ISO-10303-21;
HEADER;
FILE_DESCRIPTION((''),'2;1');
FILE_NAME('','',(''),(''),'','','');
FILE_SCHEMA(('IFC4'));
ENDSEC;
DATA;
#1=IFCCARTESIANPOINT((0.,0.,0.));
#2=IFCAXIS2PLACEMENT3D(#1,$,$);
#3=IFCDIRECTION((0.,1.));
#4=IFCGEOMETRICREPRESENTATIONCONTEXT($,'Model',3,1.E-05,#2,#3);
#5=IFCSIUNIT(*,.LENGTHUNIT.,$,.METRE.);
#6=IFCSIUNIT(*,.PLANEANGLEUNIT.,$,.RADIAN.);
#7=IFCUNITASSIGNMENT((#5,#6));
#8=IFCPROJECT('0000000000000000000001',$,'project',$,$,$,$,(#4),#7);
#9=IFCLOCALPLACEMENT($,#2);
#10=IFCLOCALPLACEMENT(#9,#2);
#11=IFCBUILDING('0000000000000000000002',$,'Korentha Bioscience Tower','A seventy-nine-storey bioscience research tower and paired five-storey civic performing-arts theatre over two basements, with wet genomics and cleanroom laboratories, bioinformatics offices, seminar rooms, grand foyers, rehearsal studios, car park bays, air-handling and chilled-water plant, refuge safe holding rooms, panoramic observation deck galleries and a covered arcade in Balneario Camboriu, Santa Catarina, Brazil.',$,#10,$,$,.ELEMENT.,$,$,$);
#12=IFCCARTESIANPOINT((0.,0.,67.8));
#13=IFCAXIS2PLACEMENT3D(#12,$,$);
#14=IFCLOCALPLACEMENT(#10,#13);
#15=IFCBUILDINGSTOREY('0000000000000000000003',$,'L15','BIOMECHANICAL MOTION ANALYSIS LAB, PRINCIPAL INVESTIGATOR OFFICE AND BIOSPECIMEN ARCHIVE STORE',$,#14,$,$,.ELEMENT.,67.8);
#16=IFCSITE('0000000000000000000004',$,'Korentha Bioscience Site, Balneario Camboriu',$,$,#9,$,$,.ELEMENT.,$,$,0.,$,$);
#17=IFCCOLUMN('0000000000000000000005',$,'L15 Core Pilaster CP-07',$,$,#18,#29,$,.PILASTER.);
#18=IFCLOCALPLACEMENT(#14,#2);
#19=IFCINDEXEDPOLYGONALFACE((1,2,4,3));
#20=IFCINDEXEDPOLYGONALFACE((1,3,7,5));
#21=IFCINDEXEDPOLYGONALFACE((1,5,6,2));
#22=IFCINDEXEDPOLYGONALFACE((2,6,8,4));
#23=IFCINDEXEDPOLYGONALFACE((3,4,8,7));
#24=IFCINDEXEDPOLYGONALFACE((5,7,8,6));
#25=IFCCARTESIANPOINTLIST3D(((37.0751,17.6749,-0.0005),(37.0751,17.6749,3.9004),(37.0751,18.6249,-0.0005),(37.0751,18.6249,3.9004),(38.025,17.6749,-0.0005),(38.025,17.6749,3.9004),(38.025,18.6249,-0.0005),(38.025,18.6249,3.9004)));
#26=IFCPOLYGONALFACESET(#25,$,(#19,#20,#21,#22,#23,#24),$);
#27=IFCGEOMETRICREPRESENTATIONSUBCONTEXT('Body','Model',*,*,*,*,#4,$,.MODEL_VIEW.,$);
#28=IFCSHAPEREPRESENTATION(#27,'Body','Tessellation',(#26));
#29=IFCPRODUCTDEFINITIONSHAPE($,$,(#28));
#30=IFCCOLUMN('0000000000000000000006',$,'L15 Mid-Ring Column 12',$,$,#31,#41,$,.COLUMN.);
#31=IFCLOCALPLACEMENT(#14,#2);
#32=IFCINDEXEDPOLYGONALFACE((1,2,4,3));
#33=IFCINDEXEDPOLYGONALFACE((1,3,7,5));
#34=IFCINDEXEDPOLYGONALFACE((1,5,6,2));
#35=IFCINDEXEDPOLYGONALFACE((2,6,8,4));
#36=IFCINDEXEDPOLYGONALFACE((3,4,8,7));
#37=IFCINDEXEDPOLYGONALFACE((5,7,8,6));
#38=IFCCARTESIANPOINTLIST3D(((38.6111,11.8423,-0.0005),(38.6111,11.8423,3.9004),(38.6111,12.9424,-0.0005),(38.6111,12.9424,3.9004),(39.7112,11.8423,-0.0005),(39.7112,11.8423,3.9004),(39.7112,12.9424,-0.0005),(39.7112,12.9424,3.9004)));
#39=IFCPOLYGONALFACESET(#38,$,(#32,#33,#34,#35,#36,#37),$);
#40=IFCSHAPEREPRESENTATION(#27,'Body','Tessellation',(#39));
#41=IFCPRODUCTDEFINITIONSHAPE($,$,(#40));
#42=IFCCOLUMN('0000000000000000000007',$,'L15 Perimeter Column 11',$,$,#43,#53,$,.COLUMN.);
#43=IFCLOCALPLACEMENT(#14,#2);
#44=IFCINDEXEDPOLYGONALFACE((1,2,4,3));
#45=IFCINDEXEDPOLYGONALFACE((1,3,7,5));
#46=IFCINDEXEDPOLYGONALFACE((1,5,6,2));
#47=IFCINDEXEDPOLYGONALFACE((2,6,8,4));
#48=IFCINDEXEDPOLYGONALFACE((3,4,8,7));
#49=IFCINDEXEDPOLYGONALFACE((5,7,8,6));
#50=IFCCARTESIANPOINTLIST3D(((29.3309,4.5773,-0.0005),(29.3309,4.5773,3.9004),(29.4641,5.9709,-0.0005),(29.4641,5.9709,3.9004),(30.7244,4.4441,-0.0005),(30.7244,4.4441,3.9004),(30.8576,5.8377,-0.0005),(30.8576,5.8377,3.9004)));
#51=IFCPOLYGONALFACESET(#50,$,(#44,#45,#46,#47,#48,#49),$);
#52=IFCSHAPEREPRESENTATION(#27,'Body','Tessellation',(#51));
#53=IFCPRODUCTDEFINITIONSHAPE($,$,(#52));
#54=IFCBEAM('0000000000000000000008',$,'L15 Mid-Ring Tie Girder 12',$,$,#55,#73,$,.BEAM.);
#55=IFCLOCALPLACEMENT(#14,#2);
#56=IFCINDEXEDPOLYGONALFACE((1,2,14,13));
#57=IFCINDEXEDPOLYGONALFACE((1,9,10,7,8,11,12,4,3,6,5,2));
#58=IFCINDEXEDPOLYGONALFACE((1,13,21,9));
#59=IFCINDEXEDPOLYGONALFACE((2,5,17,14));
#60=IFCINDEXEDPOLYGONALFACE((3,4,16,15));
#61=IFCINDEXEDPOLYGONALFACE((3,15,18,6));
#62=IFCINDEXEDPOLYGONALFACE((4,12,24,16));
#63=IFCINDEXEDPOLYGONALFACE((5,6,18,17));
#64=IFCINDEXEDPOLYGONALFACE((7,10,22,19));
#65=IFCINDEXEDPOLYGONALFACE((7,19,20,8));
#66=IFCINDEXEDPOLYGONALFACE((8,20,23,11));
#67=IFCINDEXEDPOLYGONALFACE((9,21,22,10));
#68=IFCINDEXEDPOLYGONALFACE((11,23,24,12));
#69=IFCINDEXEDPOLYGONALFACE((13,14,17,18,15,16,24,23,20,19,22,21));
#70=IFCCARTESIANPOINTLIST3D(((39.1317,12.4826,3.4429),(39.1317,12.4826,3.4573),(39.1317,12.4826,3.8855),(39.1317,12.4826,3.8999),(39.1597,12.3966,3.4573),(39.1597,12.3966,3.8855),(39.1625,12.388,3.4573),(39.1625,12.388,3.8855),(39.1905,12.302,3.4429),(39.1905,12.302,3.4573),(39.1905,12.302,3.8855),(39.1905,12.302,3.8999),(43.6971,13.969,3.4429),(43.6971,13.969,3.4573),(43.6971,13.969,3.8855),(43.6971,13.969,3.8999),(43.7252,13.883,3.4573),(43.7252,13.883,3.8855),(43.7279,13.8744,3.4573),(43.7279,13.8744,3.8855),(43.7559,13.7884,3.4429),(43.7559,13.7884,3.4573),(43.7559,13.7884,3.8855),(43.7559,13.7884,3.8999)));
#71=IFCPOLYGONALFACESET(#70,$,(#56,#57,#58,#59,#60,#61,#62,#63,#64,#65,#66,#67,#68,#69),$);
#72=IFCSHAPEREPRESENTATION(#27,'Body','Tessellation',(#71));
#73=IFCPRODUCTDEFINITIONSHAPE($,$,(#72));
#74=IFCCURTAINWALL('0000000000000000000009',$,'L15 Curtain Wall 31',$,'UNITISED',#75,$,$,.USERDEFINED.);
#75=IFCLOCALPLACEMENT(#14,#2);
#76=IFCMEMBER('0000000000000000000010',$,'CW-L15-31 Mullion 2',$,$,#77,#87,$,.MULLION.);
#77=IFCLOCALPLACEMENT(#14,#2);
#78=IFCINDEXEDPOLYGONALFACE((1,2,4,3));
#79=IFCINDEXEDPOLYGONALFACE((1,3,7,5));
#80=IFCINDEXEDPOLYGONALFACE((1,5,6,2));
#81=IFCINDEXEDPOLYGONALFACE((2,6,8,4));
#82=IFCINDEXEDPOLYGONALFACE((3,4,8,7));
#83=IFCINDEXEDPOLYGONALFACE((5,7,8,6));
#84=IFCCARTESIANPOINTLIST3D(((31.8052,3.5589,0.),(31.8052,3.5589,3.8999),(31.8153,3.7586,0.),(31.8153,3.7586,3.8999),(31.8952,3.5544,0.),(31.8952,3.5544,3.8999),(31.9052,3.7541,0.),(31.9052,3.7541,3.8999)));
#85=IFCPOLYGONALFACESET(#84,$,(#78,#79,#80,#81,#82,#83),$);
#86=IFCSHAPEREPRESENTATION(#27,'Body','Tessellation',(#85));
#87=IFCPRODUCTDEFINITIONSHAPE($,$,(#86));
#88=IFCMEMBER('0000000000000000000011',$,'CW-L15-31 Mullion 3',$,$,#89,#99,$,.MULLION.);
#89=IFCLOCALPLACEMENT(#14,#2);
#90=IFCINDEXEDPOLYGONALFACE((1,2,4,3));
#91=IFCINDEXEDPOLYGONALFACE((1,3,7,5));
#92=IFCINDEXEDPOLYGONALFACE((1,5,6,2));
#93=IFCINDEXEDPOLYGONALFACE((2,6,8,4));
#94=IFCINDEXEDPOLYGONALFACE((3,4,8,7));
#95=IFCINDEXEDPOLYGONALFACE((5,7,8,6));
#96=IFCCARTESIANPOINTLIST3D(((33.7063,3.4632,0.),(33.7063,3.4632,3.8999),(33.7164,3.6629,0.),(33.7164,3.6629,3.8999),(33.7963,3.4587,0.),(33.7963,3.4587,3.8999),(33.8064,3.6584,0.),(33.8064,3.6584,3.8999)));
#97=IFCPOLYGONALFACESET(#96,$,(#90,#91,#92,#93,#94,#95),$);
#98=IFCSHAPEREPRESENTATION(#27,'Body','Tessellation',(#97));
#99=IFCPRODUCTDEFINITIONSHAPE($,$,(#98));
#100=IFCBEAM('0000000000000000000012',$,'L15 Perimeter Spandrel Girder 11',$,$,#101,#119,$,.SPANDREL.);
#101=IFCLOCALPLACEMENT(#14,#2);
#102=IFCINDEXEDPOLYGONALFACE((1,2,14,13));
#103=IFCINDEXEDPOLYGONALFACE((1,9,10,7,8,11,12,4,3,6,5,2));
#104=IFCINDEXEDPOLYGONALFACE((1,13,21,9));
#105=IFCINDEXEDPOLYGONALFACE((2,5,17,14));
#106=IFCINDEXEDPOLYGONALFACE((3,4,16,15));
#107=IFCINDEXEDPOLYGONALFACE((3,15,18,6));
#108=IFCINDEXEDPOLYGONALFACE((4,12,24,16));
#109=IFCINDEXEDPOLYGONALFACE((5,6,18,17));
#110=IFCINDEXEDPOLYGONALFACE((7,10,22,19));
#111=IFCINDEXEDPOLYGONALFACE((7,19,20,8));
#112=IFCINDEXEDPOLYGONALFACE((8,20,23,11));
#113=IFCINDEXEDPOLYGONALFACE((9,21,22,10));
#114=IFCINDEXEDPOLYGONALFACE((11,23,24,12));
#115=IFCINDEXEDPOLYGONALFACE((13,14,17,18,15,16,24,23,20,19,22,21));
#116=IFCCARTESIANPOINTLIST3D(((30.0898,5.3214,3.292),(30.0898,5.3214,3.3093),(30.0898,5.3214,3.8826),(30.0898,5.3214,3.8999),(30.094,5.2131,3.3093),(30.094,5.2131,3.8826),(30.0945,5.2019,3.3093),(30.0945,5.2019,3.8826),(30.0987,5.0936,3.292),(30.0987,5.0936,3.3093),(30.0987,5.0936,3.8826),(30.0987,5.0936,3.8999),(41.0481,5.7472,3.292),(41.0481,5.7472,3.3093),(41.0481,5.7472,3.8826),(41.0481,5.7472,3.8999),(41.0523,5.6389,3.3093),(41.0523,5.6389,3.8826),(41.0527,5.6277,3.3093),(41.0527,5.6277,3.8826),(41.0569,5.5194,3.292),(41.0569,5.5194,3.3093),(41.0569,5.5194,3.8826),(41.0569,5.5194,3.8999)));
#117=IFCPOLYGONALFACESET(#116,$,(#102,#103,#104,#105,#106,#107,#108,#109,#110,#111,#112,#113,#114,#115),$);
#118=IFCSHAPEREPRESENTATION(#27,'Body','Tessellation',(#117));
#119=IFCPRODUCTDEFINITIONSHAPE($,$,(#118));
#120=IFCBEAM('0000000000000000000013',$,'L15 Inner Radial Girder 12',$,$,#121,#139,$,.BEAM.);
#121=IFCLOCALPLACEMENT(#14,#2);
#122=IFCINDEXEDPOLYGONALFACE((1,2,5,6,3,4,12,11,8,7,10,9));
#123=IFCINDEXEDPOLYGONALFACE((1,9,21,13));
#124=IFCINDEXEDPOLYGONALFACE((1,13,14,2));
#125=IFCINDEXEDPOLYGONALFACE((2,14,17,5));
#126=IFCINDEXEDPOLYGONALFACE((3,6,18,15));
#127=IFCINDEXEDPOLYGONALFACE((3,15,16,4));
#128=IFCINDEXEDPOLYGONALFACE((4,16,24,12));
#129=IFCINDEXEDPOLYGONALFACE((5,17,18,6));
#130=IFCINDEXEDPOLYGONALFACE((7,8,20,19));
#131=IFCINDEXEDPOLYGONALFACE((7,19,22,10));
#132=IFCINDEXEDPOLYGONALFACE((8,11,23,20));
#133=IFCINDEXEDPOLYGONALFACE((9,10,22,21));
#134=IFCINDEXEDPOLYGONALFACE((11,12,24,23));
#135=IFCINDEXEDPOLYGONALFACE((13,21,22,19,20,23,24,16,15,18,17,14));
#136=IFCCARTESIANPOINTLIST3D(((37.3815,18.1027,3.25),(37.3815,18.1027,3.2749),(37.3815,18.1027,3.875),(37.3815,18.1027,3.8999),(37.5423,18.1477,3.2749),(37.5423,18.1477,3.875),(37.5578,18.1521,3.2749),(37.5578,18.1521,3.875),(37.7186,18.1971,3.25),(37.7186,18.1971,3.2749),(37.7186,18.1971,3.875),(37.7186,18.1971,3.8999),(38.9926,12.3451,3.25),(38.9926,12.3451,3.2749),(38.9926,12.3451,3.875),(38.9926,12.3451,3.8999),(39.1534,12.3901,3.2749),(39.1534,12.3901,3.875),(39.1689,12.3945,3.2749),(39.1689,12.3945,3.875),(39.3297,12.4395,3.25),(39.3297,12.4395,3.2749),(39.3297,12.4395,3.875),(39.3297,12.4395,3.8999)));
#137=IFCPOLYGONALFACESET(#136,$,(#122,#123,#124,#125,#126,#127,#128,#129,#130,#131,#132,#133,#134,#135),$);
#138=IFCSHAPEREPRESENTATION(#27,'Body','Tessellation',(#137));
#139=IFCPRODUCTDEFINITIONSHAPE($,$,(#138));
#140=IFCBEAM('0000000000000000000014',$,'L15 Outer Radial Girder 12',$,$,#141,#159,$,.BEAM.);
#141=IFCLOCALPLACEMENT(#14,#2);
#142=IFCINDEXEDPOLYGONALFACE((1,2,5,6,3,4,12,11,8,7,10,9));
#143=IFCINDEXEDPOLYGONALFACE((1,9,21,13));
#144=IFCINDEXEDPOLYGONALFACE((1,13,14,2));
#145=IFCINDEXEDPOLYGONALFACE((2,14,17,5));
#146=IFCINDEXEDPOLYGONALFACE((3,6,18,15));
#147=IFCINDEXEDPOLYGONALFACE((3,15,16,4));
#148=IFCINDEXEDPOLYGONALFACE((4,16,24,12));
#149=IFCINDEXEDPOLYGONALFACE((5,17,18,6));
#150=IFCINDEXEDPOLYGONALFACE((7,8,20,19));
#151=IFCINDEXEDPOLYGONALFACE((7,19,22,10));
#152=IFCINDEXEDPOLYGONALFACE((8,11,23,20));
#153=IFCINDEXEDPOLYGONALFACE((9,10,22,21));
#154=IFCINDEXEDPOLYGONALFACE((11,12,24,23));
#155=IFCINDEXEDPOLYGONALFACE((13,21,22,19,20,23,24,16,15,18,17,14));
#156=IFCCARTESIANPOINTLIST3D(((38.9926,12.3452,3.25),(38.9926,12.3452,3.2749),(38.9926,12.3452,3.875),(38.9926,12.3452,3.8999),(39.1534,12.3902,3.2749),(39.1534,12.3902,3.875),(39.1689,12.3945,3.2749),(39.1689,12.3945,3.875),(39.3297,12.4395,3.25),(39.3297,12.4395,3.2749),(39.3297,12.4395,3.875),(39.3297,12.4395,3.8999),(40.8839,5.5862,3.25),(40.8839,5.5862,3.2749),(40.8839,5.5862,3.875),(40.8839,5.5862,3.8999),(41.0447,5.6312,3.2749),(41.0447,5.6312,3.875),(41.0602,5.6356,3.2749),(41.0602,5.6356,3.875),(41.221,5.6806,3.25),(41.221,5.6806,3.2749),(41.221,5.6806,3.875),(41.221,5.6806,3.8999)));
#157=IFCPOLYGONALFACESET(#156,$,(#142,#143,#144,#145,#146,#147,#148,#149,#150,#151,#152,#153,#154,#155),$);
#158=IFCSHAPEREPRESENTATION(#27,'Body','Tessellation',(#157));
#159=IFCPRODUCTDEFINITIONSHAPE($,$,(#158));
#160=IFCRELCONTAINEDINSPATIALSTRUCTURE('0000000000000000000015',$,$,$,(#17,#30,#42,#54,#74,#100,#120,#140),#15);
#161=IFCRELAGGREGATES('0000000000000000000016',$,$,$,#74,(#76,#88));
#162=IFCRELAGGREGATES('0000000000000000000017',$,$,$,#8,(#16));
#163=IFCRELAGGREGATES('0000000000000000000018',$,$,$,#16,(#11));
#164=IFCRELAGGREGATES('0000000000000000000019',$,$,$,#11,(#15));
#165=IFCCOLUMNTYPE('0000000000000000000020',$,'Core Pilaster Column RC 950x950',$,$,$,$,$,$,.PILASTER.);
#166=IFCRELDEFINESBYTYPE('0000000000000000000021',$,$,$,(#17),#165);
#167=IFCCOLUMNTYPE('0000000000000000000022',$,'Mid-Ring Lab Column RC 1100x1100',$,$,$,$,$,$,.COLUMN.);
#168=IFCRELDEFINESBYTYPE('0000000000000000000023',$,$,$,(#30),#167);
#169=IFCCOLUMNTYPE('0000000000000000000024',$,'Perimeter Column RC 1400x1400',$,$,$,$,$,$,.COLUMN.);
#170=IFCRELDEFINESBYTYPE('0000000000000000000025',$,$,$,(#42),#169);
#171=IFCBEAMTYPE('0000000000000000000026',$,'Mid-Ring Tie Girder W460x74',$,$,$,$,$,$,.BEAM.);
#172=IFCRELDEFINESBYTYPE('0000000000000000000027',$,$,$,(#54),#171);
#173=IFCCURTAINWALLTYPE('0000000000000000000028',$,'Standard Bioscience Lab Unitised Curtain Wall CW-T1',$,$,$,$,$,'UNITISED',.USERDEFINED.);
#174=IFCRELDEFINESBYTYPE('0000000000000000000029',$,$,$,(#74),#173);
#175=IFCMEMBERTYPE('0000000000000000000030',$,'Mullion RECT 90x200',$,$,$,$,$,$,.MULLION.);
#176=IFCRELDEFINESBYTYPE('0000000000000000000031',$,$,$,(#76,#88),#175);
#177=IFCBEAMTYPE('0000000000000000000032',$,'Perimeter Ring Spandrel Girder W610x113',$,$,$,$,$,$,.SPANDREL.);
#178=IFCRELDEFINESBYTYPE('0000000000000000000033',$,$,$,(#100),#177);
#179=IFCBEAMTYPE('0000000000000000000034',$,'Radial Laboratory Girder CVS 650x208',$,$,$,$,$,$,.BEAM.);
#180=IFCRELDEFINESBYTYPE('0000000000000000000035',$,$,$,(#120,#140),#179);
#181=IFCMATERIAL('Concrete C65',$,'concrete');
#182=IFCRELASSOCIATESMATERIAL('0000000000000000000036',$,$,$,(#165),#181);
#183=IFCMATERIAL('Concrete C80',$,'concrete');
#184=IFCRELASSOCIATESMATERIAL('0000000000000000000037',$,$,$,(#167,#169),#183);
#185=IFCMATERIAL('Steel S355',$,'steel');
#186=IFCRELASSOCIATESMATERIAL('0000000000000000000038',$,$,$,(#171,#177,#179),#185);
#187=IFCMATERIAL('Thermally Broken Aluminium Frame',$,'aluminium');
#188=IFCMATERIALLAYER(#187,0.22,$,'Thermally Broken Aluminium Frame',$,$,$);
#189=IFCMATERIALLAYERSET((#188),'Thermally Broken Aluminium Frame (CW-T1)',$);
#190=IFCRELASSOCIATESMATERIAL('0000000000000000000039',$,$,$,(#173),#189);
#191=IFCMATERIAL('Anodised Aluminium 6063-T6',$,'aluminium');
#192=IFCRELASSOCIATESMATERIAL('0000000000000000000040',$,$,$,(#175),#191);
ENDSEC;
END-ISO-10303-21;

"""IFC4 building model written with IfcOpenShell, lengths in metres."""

from ifc_helpers import new_model, si_unit, direction, frame, origin, origin_2d, place, context, subcontext, project, spatial, rectangle, i_section, extrude, material, layer, layer_set, material_profile, profile_set, type_object, element, aggregate, save


model = new_model("IFC4")

# Units and contexts
model_context = context("Model", 3, precision=1e-05, world=origin(), true_north=direction((0.0, 1.0)))
body_context = subcontext(model_context, "Body", "Model", "MODEL_VIEW")
ifc_project = project(units=[si_unit("LENGTHUNIT", "METRE"), si_unit("PLANEANGLEUNIT", "RADIAN")], contexts=[model_context])

# Site, building, storey
site_placement = place(None, origin())
site = spatial("IfcSite", under=ifc_project, at=site_placement, Name="Korentha Bioscience Site, Balneario Camboriu", CompositionType="ELEMENT", RefElevation=0.0)
building_placement = place(site_placement, origin())
building = spatial("IfcBuilding", under=site, at=building_placement, Name="Korentha Bioscience Tower", Description="A seventy-nine-storey bioscience research tower and paired five-storey civic performing-arts theatre over two basements, with wet genomics and cleanroom laboratories, bioinformatics offices, seminar rooms, grand foyers, rehearsal studios, car park bays, air-handling and chilled-water plant, refuge safe holding rooms, panoramic observation deck galleries and a covered arcade in Balneario Camboriu, Santa Catarina, Brazil.", CompositionType="ELEMENT")
storey_placement = place(building_placement, frame((0.0, 0.0, 67.8)))
storey = spatial("IfcBuildingStorey", under=building, at=storey_placement, Name="L15", Description="BIOMECHANICAL MOTION ANALYSIS LAB, PRINCIPAL INVESTIGATOR OFFICE AND BIOSPECIMEN ARCHIVE STORE", CompositionType="ELEMENT", Elevation=67.8)

# Columns
ifc_material_1 = material(Name="Concrete C65", Category="concrete")
ifc_material_profile_1 = material_profile(ifc_material_1, rectangle(XDim=0.95, YDim=0.95, at=origin_2d()), Name="Concrete C65")
ifc_profile_set_1 = profile_set([ifc_material_profile_1], Name="Concrete C65 (COL-CP09)")
column_type_1 = type_object("IfcColumnType", Name="Core Pilaster Column RC 950x950", PredefinedType="PILASTER", material=ifc_profile_set_1)
column_1_placement = place(storey_placement, frame((37.55, 18.1499, -0.0005), z_axis=(0.0, 0.0, 1.0), x_axis=(1.0, 0.0, 0.0)))
element("IfcColumn", 1, at=column_1_placement, inside=storey, type_object=column_type_1, Name="L15 Core Pilaster CP-07", PredefinedType="PILASTER", context=body_context, shape_type="SweptSolid", body=[
    extrude(rectangle(XDim=0.95, YDim=0.95, at=origin_2d()), origin(), (0.0, 0.0, 1.0), 3.9009),
])
ifc_material_2 = material(Name="Concrete C80", Category="concrete")
ifc_material_profile_2 = material_profile(ifc_material_2, rectangle(XDim=1.1001, YDim=1.1001, at=origin_2d()), Name="Concrete C80")
ifc_profile_set_2 = profile_set([ifc_material_profile_2], Name="Concrete C80 (COL-MR11)")
column_type_2 = type_object("IfcColumnType", Name="Mid-Ring Lab Column RC 1100x1100", PredefinedType="COLUMN", material=ifc_profile_set_2)
column_2_placement = place(storey_placement, frame((39.1611, 12.3923, -0.0005), z_axis=(0.0, 0.0, 1.0), x_axis=(1.0, 0.0, 0.0)))
element("IfcColumn", 2, at=column_2_placement, inside=storey, type_object=column_type_2, Name="L15 Mid-Ring Column 12", PredefinedType="COLUMN", context=body_context, shape_type="SweptSolid", body=[
    extrude(rectangle(XDim=1.1001, YDim=1.1001, at=origin_2d()), origin(), (0.0, 0.0, 1.0), 3.9009),
])
ifc_material_profile_3 = material_profile(ifc_material_2, rectangle(XDim=1.3999, YDim=1.3999, at=origin_2d()), Name="Concrete C80")
ifc_profile_set_3 = profile_set([ifc_material_profile_3], Name="Concrete C80 (COL-P14)")
column_type_3 = type_object("IfcColumnType", Name="Perimeter Column RC 1400x1400", PredefinedType="COLUMN", material=ifc_profile_set_3)
column_3_placement = place(storey_placement, frame((30.0942, 5.2075, -0.0005), z_axis=(0.0, 0.0, 1.0), x_axis=(-0.995463, 0.095151, 0.0)))
element("IfcColumn", 3, at=column_3_placement, inside=storey, type_object=column_type_3, Name="L15 Perimeter Column 11", PredefinedType="COLUMN", context=body_context, shape_type="SweptSolid", body=[
    extrude(rectangle(XDim=1.3999, YDim=1.3999, at=origin_2d()), origin(), (0.0, 0.0, 1.0), 3.9009),
])

# Beam
ifc_material_3 = material(Name="Steel S355", Category="steel")
ifc_material_profile_4 = material_profile(ifc_material_3, i_section(OverallWidth=0.1899, OverallDepth=0.457, WebThickness=0.009, FlangeThickness=0.0144, at=origin_2d()), Name="Steel S355")
ifc_profile_set_4 = profile_set([ifc_material_profile_4], Name="Steel S355 (MB-460)")
beam_type_1 = type_object("IfcBeamType", Name="Mid-Ring Tie Girder W460x74", PredefinedType="BEAM", material=ifc_profile_set_4)
beam_1_placement = place(storey_placement, frame((39.1611, 12.3923, 3.6714), z_axis=(0.950877, 0.309569, 0.0), x_axis=(-0.309569, 0.950877, 0.0)))
element("IfcBeam", 4, at=beam_1_placement, inside=storey, type_object=beam_type_1, Name="L15 Mid-Ring Tie Girder 12", PredefinedType="BEAM", context=body_context, shape_type="SweptSolid", body=[
    extrude(i_section(OverallWidth=0.1899, OverallDepth=0.457, WebThickness=0.009, FlangeThickness=0.0144, at=origin_2d()), origin(), (0.0, 0.0, 1.0), 4.8013),
])

# Curtain wall, members
ifc_material_4 = material(Name="Thermally Broken Aluminium Frame", Category="aluminium")
ifc_layer_1 = layer(ifc_material_4, 0.22, Name="Thermally Broken Aluminium Frame")
ifc_layer_set_1 = layer_set([ifc_layer_1], Name="Thermally Broken Aluminium Frame (CW-T1)")
curtain_wall_type = type_object("IfcCurtainWallType", Name="Standard Bioscience Lab Unitised Curtain Wall CW-T1", ElementType="UNITISED", PredefinedType="USERDEFINED", material=ifc_layer_set_1)
curtain_wall_placement = place(storey_placement, origin())
curtain_wall = element("IfcCurtainWall", 5, at=curtain_wall_placement, inside=storey, type_object=curtain_wall_type, Name="L15 Curtain Wall 31", ObjectType="UNITISED", PredefinedType="USERDEFINED")
ifc_material_5 = material(Name="Anodised Aluminium 6063-T6", Category="aluminium")
ifc_material_profile_5 = material_profile(ifc_material_5, rectangle(XDim=0.0901, YDim=0.2, at=origin_2d()), Name="Anodised Aluminium 6063-T6")
ifc_profile_set_5 = profile_set([ifc_material_profile_5], Name="Anodised Aluminium 6063-T6 (CW-MUL)")
member_type_1 = type_object("IfcMemberType", Name="Mullion RECT 90x200", PredefinedType="MULLION", material=ifc_profile_set_5)
member_1_placement = place(storey_placement, frame((31.8552, 3.6565, 0.0), z_axis=(0.0, 0.0, 1.0), x_axis=(0.998731, -0.050371, 0.0)))
member_1 = element("IfcMember", 6, at=member_1_placement, type_object=member_type_1, Name="CW-L15-31 Mullion 2", PredefinedType="MULLION", context=body_context, shape_type="SweptSolid", body=[
    extrude(rectangle(XDim=0.0901, YDim=0.2, at=origin_2d()), origin(), (0.0, 0.0, 1.0), 3.8999),
])
member_2_placement = place(storey_placement, frame((33.7563, 3.5608, 0.0), z_axis=(0.0, 0.0, 1.0), x_axis=(0.998731, -0.050371, 0.0)))
member_2 = element("IfcMember", 7, at=member_2_placement, type_object=member_type_1, Name="CW-L15-31 Mullion 3", PredefinedType="MULLION", context=body_context, shape_type="SweptSolid", body=[
    extrude(rectangle(XDim=0.0901, YDim=0.2, at=origin_2d()), origin(), (0.0, 0.0, 1.0), 3.8999),
])

# Beams
ifc_material_profile_6 = material_profile(ifc_material_3, i_section(OverallWidth=0.228, OverallDepth=0.6079, WebThickness=0.0112, FlangeThickness=0.0173, at=origin_2d()), Name="Steel S355")
ifc_profile_set_6 = profile_set([ifc_material_profile_6], Name="Steel S355 (SB-610)")
beam_type_2 = type_object("IfcBeamType", Name="Perimeter Ring Spandrel Girder W610x113", PredefinedType="SPANDREL", material=ifc_profile_set_6)
beam_2_placement = place(storey_placement, frame((30.0942, 5.2075, 3.5959), z_axis=(0.999246, 0.038826, 0.0), x_axis=(-0.038826, 0.999246, 0.0)))
element("IfcBeam", 8, at=beam_2_placement, inside=storey, type_object=beam_type_2, Name="L15 Perimeter Spandrel Girder 11", PredefinedType="SPANDREL", context=body_context, shape_type="SweptSolid", body=[
    extrude(i_section(OverallWidth=0.228, OverallDepth=0.6079, WebThickness=0.0112, FlangeThickness=0.0173, at=origin_2d()), origin(), (0.0, 0.0, 1.0), 10.9666),
])
ifc_material_profile_7 = material_profile(ifc_material_3, i_section(OverallWidth=0.3501, OverallDepth=0.6499, WebThickness=0.0161, FlangeThickness=0.0249, at=origin_2d()), Name="Steel S355")
ifc_profile_set_7 = profile_set([ifc_material_profile_7], Name="Steel S355 (RB-650)")
beam_type_3 = type_object("IfcBeamType", Name="Radial Laboratory Girder CVS 650x208", PredefinedType="BEAM", material=ifc_profile_set_7)
beam_3_placement = place(storey_placement, frame((37.55, 18.1499, 3.575), z_axis=(0.269469, -0.963009, 0.0), x_axis=(0.963009, 0.269469, 0.0)))
element("IfcBeam", 9, at=beam_3_placement, inside=storey, type_object=beam_type_3, Name="L15 Inner Radial Girder 12", PredefinedType="BEAM", context=body_context, shape_type="SweptSolid", body=[
    extrude(i_section(OverallWidth=0.3501, OverallDepth=0.6499, WebThickness=0.0161, FlangeThickness=0.0249, at=origin_2d()), origin(), (0.0, 0.0, 1.0), 5.9788),
])
beam_4_placement = place(storey_placement, frame((39.1611, 12.3923, 3.575), z_axis=(0.269475, -0.963007, 0.0), x_axis=(0.963007, 0.269475, 0.0)))
element("IfcBeam", 10, at=beam_4_placement, inside=storey, type_object=beam_type_3, Name="L15 Outer Radial Girder 12", PredefinedType="BEAM", context=body_context, shape_type="SweptSolid", body=[
    extrude(i_section(OverallWidth=0.3501, OverallDepth=0.6499, WebThickness=0.0161, FlangeThickness=0.0249, at=origin_2d()), origin(), (0.0, 0.0, 1.0), 7.0186),
])

aggregate(curtain_wall, [member_1, member_2])

save(model, "model.ifc")
